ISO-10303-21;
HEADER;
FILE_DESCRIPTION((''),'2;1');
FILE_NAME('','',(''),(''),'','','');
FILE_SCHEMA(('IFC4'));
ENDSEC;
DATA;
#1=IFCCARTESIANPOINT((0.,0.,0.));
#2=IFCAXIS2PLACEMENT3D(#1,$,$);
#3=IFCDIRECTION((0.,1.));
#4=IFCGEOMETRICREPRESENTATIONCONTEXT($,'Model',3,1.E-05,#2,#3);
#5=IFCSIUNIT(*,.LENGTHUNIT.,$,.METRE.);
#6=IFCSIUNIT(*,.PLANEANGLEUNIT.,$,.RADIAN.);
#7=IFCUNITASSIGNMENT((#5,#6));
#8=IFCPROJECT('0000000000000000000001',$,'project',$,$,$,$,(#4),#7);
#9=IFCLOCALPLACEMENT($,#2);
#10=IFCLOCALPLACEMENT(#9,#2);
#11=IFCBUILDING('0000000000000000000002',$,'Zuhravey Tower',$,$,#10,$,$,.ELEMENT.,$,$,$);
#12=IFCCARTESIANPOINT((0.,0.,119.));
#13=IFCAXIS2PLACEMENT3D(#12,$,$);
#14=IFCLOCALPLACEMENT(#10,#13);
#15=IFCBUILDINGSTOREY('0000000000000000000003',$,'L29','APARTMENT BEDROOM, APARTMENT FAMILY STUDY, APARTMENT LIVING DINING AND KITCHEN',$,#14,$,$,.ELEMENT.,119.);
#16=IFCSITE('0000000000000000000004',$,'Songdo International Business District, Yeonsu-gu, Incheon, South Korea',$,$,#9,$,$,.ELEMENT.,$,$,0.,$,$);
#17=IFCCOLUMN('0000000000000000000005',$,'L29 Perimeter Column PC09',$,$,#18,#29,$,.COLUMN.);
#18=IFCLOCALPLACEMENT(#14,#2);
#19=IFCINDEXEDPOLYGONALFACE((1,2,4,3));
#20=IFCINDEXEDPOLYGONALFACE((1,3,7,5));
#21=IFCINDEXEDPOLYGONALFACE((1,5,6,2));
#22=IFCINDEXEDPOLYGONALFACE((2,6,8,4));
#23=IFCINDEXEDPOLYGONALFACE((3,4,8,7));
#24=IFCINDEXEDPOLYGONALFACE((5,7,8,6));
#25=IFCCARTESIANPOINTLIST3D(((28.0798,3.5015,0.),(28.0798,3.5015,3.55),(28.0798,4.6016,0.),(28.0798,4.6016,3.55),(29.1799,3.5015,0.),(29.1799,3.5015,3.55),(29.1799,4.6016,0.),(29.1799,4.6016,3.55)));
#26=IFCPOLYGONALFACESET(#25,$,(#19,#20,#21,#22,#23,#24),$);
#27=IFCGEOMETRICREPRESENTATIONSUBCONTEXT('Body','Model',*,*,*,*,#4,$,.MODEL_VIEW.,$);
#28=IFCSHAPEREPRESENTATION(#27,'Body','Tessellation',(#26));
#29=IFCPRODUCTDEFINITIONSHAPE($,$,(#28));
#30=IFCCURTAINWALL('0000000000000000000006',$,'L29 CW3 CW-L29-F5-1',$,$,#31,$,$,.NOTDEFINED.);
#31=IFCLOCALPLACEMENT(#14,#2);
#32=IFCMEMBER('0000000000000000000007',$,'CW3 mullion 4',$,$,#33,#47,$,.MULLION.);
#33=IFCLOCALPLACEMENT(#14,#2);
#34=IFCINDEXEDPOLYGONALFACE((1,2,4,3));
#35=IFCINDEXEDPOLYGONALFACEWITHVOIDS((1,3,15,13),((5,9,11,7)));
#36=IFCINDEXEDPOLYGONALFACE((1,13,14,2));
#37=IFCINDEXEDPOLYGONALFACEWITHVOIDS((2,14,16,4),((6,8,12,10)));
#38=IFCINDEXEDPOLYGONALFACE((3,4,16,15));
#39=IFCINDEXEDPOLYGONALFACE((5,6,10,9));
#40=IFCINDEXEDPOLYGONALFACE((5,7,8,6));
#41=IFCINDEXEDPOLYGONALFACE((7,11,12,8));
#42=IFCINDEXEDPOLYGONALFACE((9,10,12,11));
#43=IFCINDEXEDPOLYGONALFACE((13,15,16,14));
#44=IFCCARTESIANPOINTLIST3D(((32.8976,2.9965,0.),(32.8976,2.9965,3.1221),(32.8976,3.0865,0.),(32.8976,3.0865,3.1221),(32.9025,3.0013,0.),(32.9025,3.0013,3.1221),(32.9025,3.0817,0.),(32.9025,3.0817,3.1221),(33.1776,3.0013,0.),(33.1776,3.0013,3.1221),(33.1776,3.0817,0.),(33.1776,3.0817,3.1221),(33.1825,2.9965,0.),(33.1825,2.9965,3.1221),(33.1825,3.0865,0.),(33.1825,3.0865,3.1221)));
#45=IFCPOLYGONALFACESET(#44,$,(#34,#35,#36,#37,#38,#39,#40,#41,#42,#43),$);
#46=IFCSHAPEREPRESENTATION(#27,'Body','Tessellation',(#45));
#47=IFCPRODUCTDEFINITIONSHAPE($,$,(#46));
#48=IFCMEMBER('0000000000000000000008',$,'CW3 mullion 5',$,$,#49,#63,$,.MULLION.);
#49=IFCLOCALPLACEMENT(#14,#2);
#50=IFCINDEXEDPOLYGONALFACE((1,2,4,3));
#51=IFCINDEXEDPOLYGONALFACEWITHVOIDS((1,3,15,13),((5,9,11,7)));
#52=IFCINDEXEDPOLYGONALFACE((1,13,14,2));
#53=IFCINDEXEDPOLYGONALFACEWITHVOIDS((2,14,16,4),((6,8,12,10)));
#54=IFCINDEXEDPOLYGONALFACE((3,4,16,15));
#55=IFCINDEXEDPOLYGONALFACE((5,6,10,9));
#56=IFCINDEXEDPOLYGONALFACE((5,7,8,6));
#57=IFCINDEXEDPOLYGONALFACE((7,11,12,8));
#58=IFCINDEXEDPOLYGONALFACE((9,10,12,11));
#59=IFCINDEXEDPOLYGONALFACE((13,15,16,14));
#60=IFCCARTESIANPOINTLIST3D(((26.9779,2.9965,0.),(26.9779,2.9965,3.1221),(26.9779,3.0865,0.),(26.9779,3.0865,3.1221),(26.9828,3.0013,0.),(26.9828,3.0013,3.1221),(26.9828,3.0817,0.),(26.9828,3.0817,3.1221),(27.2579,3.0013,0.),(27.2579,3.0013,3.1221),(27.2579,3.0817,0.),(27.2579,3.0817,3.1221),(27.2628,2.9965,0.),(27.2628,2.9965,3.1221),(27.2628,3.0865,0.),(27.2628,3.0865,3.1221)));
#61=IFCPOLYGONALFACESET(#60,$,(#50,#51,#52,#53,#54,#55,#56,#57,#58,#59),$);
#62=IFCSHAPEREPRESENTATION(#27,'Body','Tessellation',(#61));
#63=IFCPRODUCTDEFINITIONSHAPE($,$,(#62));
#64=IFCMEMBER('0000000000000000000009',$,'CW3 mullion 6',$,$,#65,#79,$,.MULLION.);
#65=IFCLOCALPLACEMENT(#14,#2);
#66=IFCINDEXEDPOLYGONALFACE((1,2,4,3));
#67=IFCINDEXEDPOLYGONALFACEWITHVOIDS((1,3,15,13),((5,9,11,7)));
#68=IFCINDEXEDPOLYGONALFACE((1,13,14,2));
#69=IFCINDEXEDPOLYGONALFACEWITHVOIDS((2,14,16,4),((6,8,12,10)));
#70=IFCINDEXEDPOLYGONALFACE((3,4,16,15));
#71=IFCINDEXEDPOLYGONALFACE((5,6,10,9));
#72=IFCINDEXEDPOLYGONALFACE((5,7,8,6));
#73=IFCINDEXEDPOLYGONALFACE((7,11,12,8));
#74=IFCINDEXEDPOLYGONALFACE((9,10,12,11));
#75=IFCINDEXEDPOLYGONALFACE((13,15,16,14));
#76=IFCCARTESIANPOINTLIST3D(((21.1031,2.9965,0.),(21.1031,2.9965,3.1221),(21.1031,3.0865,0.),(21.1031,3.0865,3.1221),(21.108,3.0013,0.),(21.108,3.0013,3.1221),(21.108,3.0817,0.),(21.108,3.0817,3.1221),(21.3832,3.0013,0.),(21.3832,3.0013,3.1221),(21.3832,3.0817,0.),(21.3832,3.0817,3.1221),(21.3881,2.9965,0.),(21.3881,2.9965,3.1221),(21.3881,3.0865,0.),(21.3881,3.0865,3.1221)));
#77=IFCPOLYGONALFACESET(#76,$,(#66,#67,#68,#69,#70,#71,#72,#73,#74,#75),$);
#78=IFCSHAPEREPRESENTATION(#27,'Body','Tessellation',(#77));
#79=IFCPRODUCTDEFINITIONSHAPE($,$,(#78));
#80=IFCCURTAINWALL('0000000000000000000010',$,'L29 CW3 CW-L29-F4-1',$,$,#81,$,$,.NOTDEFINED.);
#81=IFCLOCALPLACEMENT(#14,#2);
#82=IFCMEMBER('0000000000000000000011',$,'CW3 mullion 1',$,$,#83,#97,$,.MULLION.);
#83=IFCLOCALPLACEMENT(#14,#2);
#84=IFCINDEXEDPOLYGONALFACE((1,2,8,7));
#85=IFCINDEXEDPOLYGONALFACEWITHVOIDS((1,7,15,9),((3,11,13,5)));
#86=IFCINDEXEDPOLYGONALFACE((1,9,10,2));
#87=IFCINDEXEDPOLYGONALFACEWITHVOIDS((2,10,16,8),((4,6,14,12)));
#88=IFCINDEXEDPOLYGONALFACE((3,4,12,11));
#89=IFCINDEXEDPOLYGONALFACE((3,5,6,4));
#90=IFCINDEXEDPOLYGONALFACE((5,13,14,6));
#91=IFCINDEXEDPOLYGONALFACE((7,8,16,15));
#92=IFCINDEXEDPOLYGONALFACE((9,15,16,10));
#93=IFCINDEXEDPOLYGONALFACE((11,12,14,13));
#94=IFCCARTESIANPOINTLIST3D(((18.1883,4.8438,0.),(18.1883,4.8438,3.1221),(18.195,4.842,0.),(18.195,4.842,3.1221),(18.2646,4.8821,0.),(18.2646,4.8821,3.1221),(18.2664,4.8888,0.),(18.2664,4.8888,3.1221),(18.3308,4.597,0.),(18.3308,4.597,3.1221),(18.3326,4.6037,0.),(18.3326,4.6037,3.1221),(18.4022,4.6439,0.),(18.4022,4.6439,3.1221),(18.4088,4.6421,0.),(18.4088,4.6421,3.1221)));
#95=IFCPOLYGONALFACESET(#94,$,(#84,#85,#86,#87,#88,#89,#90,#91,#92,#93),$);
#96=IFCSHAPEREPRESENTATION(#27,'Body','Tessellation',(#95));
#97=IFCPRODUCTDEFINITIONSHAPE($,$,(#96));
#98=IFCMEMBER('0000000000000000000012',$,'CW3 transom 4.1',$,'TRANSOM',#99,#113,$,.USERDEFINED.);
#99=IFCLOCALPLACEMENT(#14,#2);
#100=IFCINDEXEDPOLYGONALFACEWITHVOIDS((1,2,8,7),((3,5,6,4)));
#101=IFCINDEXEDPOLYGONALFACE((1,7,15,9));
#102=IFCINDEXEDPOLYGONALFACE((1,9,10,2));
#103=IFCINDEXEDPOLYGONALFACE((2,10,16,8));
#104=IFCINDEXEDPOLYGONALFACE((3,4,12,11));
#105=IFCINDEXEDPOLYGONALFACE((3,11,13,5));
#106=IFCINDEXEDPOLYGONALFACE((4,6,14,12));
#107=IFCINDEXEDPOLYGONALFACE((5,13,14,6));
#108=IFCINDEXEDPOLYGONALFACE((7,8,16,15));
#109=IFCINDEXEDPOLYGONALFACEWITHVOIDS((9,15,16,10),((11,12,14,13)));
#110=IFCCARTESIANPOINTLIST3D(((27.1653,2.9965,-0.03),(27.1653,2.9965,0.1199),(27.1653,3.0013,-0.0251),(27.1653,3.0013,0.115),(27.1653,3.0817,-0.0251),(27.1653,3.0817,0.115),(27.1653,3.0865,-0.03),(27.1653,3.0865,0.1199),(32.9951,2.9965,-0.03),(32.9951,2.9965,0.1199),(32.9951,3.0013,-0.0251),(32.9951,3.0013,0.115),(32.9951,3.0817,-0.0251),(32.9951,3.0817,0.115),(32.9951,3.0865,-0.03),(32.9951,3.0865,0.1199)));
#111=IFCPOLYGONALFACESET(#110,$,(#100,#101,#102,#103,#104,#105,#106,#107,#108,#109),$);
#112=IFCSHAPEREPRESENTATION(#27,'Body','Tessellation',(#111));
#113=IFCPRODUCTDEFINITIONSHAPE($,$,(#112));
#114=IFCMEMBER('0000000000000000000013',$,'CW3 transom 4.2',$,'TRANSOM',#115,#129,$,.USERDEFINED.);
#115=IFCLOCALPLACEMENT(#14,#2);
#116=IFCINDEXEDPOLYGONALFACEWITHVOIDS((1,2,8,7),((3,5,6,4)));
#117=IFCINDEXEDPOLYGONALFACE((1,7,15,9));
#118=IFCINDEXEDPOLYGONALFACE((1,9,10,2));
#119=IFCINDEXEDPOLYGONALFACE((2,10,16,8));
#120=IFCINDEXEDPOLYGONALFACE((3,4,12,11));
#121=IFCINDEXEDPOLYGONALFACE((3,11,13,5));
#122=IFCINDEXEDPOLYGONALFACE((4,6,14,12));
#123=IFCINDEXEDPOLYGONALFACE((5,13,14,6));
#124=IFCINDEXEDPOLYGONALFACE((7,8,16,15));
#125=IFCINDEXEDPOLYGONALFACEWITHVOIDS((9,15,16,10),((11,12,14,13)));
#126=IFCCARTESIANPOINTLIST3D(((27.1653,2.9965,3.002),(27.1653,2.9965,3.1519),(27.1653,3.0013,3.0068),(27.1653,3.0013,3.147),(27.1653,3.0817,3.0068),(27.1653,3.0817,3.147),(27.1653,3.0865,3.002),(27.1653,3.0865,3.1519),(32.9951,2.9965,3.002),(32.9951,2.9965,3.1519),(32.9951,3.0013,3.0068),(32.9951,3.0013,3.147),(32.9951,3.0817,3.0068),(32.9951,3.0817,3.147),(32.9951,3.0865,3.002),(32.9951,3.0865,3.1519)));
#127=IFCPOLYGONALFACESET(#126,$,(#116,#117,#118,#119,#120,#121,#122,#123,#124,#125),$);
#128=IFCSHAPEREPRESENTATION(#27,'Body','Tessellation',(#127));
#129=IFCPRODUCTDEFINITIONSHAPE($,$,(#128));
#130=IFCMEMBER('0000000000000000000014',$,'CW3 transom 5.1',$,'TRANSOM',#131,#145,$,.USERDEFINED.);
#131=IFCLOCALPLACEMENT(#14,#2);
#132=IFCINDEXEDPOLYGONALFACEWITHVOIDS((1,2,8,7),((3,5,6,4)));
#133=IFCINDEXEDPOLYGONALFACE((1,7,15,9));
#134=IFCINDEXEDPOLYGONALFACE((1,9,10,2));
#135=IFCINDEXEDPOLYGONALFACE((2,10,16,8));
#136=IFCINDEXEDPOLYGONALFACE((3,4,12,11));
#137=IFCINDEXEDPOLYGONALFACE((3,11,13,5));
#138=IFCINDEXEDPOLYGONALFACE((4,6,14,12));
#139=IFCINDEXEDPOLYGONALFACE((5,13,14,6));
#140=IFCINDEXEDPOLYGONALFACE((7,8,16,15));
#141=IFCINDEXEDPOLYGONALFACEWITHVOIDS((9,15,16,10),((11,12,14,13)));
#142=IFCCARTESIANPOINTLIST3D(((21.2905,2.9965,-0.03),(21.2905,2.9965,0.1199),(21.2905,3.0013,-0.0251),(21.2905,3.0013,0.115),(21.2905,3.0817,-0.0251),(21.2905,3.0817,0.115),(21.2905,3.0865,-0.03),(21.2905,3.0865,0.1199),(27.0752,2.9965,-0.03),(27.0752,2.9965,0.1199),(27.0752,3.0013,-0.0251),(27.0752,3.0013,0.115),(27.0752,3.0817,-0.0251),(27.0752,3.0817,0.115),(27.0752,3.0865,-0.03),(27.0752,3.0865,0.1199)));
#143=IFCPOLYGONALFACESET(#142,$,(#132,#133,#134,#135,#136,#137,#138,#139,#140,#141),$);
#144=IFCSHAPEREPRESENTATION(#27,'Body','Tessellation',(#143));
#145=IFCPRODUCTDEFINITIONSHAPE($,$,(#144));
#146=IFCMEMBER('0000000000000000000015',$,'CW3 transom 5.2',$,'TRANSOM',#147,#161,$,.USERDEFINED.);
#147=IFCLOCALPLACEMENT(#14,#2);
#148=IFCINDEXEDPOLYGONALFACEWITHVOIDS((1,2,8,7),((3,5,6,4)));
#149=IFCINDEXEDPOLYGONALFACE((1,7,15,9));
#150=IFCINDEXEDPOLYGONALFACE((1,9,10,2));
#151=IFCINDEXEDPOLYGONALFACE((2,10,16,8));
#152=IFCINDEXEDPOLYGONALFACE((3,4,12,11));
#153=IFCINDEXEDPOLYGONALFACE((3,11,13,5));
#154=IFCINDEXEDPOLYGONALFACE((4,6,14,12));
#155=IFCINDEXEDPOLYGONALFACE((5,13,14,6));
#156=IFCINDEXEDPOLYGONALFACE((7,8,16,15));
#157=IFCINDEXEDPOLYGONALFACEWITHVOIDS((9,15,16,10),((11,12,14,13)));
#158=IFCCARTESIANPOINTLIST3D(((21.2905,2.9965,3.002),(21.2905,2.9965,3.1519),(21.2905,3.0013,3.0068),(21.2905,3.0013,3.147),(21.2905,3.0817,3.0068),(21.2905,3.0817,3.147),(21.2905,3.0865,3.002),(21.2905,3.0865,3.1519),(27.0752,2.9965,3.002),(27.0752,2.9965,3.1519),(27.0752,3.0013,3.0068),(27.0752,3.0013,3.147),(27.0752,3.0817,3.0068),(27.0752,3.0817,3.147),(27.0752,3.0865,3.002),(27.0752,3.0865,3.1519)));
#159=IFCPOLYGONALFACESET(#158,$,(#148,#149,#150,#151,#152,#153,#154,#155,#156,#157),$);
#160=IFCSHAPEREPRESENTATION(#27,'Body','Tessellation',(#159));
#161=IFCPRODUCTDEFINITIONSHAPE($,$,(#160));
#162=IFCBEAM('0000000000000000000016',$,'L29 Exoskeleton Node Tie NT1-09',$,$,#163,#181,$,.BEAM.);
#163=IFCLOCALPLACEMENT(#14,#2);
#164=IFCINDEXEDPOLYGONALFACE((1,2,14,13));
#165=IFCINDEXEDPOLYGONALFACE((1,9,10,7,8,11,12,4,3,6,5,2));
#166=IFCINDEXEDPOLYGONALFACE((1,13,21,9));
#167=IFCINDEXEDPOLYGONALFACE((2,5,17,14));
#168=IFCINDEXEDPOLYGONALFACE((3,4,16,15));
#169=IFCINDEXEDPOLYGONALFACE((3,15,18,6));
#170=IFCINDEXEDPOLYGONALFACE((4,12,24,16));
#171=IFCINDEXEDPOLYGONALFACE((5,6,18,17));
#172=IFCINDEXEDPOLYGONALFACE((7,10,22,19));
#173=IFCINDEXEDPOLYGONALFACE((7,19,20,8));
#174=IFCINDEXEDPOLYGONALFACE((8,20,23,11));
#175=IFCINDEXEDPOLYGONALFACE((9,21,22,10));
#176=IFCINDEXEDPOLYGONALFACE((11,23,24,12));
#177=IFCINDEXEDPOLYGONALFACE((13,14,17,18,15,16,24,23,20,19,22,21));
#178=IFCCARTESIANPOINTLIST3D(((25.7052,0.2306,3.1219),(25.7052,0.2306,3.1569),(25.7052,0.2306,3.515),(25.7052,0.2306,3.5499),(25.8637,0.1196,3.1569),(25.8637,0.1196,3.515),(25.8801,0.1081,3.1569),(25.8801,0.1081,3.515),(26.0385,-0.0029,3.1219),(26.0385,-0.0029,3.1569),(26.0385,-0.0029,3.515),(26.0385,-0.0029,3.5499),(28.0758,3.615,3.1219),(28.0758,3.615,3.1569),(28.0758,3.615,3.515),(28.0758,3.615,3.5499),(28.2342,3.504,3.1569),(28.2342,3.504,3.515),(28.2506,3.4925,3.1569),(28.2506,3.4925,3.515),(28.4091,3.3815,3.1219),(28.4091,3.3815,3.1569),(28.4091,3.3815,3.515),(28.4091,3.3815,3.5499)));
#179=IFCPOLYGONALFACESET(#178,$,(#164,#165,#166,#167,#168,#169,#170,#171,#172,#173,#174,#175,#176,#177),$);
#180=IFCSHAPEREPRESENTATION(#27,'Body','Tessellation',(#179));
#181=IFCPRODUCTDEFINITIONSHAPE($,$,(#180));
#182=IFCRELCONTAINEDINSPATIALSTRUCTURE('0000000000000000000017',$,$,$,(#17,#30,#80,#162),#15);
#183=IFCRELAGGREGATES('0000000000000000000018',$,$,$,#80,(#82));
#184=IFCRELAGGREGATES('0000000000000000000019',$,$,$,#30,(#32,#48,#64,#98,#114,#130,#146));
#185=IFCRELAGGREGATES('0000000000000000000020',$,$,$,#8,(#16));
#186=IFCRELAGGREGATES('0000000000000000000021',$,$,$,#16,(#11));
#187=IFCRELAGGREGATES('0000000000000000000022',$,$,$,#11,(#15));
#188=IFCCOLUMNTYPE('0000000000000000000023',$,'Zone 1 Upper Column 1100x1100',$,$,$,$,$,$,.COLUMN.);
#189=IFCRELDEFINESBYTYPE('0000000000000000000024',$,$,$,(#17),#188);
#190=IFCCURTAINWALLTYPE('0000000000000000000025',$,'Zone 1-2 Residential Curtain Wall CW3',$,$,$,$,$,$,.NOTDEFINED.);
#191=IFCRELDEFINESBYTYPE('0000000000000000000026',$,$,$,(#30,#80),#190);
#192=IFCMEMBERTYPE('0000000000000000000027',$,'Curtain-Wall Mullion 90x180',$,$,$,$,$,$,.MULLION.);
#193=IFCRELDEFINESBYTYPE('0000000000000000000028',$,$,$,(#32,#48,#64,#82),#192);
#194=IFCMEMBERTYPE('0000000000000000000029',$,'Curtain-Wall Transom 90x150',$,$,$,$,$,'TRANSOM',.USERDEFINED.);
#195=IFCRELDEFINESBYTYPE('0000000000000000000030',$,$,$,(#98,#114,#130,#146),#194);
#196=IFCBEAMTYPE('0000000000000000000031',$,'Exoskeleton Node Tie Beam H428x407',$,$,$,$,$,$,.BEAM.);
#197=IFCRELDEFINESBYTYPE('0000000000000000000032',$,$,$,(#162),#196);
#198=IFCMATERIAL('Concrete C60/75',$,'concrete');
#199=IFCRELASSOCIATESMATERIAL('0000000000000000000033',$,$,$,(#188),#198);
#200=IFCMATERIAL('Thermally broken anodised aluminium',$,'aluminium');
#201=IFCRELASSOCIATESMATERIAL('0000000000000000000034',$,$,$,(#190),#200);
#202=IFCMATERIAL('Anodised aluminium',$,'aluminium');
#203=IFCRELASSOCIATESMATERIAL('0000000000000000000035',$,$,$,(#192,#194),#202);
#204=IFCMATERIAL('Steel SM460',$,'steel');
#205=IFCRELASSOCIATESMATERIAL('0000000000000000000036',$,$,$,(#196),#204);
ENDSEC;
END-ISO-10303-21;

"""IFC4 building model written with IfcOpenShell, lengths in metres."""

from ifc_helpers import new_model, si_unit, direction, frame, origin, origin_2d, place, context, subcontext, project, spatial, rectangle, hollow_rectangle, i_section, extrude, material, material_profile, profile_set, type_object, element, aggregate, save


model = new_model("IFC4")

# Units and contexts
model_context = context("Model", 3, precision=1e-05, world=origin(), true_north=direction((0.0, 1.0)))
body_context = subcontext(model_context, "Body", "Model", "MODEL_VIEW")
ifc_project = project(units=[si_unit("LENGTHUNIT", "METRE"), si_unit("PLANEANGLEUNIT", "RADIAN")], contexts=[model_context])

# Site, building, storey
site_placement = place(None, origin())
site = spatial("IfcSite", under=ifc_project, at=site_placement, Name="Songdo International Business District, Yeonsu-gu, Incheon, South Korea", CompositionType="ELEMENT", RefElevation=0.0)
building_placement = place(site_placement, origin())
building = spatial("IfcBuilding", under=site, at=building_placement, Name="Zuhravey Tower", CompositionType="ELEMENT")
storey_placement = place(building_placement, frame((0.0, 0.0, 119.0)))
storey = spatial("IfcBuildingStorey", under=building, at=storey_placement, Name="L29", Description="APARTMENT BEDROOM, APARTMENT FAMILY STUDY, APARTMENT LIVING DINING AND KITCHEN", CompositionType="ELEMENT", Elevation=119.0)

# Column
ifc_material_1 = material(Name="Concrete C60/75", Category="concrete")
ifc_material_profile_1 = material_profile(ifc_material_1, rectangle(XDim=1.1001, YDim=1.1001, at=origin_2d()), Name="RC-1100x1100")
ifc_profile_set_1 = profile_set([ifc_material_profile_1], Name="Concrete C60/75")
column_type = type_object("IfcColumnType", Name="Zone 1 Upper Column 1100x1100", PredefinedType="COLUMN", material=ifc_profile_set_1)
column_placement = place(storey_placement, frame((28.6299, 4.0515, 0.0), z_axis=(0.0, 0.0, 1.0), x_axis=(1.0, 0.0, 0.0)))
element("IfcColumn", 1, at=column_placement, inside=storey, type_object=column_type, Name="L29 Perimeter Column PC09", PredefinedType="COLUMN", context=body_context, shape_type="SweptSolid", body=[
    extrude(rectangle(XDim=1.1001, YDim=1.1001, at=origin_2d()), origin(), (0.0, 0.0, 1.0), 3.55),
])

# Curtain wall, members
ifc_material_2 = material(Name="Thermally broken anodised aluminium", Category="aluminium")
curtain_wall_type = type_object("IfcCurtainWallType", Name="Zone 1-2 Residential Curtain Wall CW3", PredefinedType="NOTDEFINED", material=ifc_material_2)
curtain_wall_1_placement = place(storey_placement, origin())
curtain_wall_1 = element("IfcCurtainWall", 2, at=curtain_wall_1_placement, inside=storey, type_object=curtain_wall_type, Name="L29 CW3 CW-L29-F5-1", PredefinedType="NOTDEFINED")
ifc_material_3 = material(Name="Anodised aluminium", Category="aluminium")
ifc_material_profile_2 = material_profile(ifc_material_3, hollow_rectangle(XDim=0.0901, YDim=0.2849, WallThickness=0.0049, at=origin_2d()), Name="ALU-RHS-90x285x5")
ifc_profile_set_2 = profile_set([ifc_material_profile_2], Name="Anodised aluminium")
member_type_1 = type_object("IfcMemberType", Name="Curtain-Wall Mullion 90x180", PredefinedType="MULLION", material=ifc_profile_set_2)
member_1_placement = place(storey_placement, frame((33.04, 3.0415, 0.0), z_axis=(0.0, 0.0, 1.0), x_axis=(0.0, -1.0, 0.0)))
member_1 = element("IfcMember", 3, at=member_1_placement, type_object=member_type_1, Name="CW3 mullion 4", PredefinedType="MULLION", context=body_context, shape_type="SweptSolid", body=[
    extrude(hollow_rectangle(XDim=0.0901, YDim=0.2849, WallThickness=0.0049, at=origin_2d()), origin(), (0.0, 0.0, 1.0), 3.1221),
])
member_2_placement = place(storey_placement, frame((27.1204, 3.0415, 0.0), z_axis=(0.0, 0.0, 1.0), x_axis=(0.0, -1.0, 0.0)))
member_2 = element("IfcMember", 4, at=member_2_placement, type_object=member_type_1, Name="CW3 mullion 5", PredefinedType="MULLION", context=body_context, shape_type="SweptSolid", body=[
    extrude(hollow_rectangle(XDim=0.0901, YDim=0.2849, WallThickness=0.0049, at=origin_2d()), origin(), (0.0, 0.0, 1.0), 3.1221),
])
member_3_placement = place(storey_placement, frame((21.2456, 3.0415, 0.0), z_axis=(0.0, 0.0, 1.0), x_axis=(0.0, -1.0, 0.0)))
member_3 = element("IfcMember", 5, at=member_3_placement, type_object=member_type_1, Name="CW3 mullion 6", PredefinedType="MULLION", context=body_context, shape_type="SweptSolid", body=[
    extrude(hollow_rectangle(XDim=0.0901, YDim=0.2849, WallThickness=0.0049, at=origin_2d()), origin(), (0.0, 0.0, 1.0), 3.1221),
])

# Curtain wall, member
curtain_wall_2_placement = place(storey_placement, origin())
curtain_wall_2 = element("IfcCurtainWall", 6, at=curtain_wall_2_placement, inside=storey, type_object=curtain_wall_type, Name="L29 CW3 CW-L29-F4-1", PredefinedType="NOTDEFINED")
member_4_placement = place(storey_placement, frame((18.2986, 4.7429, 0.0), z_axis=(0.0, 0.0, 1.0), x_axis=(-0.866026, -0.5, 0.0)))
member_4 = element("IfcMember", 7, at=member_4_placement, type_object=member_type_1, Name="CW3 mullion 1", PredefinedType="MULLION", context=body_context, shape_type="SweptSolid", body=[
    extrude(hollow_rectangle(XDim=0.0901, YDim=0.2849, WallThickness=0.0049, at=origin_2d()), origin(), (0.0, 0.0, 1.0), 3.1221),
])
aggregate(curtain_wall_2, [member_4])

# Members
ifc_material_profile_3 = material_profile(ifc_material_3, hollow_rectangle(XDim=0.0901, YDim=0.1499, WallThickness=0.0049, at=origin_2d()), Name="ALU-RHS-90x150x5")
ifc_profile_set_3 = profile_set([ifc_material_profile_3], Name="Anodised aluminium")
member_type_2 = type_object("IfcMemberType", Name="Curtain-Wall Transom 90x150", ElementType="TRANSOM", PredefinedType="USERDEFINED", material=ifc_profile_set_3)
member_5_placement = place(storey_placement, frame((32.9951, 3.0415, 0.0449), z_axis=(-1.0, 0.0, 0.0), x_axis=(0.0, -1.0, 0.0)))
member_5 = element("IfcMember", 8, at=member_5_placement, type_object=member_type_2, Name="CW3 transom 4.1", ObjectType="TRANSOM", PredefinedType="USERDEFINED", context=body_context, shape_type="SweptSolid", body=[
    extrude(hollow_rectangle(XDim=0.0901, YDim=0.1499, WallThickness=0.0049, at=origin_2d()), origin(), (0.0, 0.0, 1.0), 5.8298),
])
member_6_placement = place(storey_placement, frame((32.9951, 3.0415, 3.0769), z_axis=(-1.0, 0.0, 0.0), x_axis=(0.0, -1.0, 0.0)))
member_6 = element("IfcMember", 9, at=member_6_placement, type_object=member_type_2, Name="CW3 transom 4.2", ObjectType="TRANSOM", PredefinedType="USERDEFINED", context=body_context, shape_type="SweptSolid", body=[
    extrude(hollow_rectangle(XDim=0.0901, YDim=0.1499, WallThickness=0.0049, at=origin_2d()), origin(), (0.0, 0.0, 1.0), 5.8298),
])
member_7_placement = place(storey_placement, frame((27.0752, 3.0415, 0.0449), z_axis=(-1.0, 0.0, 0.0), x_axis=(0.0, -1.0, 0.0)))
member_7 = element("IfcMember", 10, at=member_7_placement, type_object=member_type_2, Name="CW3 transom 5.1", ObjectType="TRANSOM", PredefinedType="USERDEFINED", context=body_context, shape_type="SweptSolid", body=[
    extrude(hollow_rectangle(XDim=0.0901, YDim=0.1499, WallThickness=0.0049, at=origin_2d()), origin(), (0.0, 0.0, 1.0), 5.7847),
])
member_8_placement = place(storey_placement, frame((27.0752, 3.0415, 3.0769), z_axis=(-1.0, 0.0, 0.0), x_axis=(0.0, -1.0, 0.0)))
member_8 = element("IfcMember", 11, at=member_8_placement, type_object=member_type_2, Name="CW3 transom 5.2", ObjectType="TRANSOM", PredefinedType="USERDEFINED", context=body_context, shape_type="SweptSolid", body=[
    extrude(hollow_rectangle(XDim=0.0901, YDim=0.1499, WallThickness=0.0049, at=origin_2d()), origin(), (0.0, 0.0, 1.0), 5.7847),
])

# Beam
ifc_material_4 = material(Name="Steel SM460", Category="steel")
ifc_material_profile_4 = material_profile(ifc_material_4, i_section(OverallWidth=0.407, OverallDepth=0.428, WebThickness=0.02, FlangeThickness=0.0349, at=origin_2d()), Name="H-428x407x20x35")
ifc_profile_set_4 = profile_set([ifc_material_profile_4], Name="Steel SM460")
beam_type_1 = type_object("IfcBeamType", Name="Exoskeleton Node Tie Beam H428x407", PredefinedType="BEAM", material=ifc_profile_set_4)
beam_1_placement = place(storey_placement, frame((28.2424, 3.4983, 3.3359), z_axis=(-0.573696, -0.819068, 0.0), x_axis=(0.819068, -0.573696, 0.0)))
element("IfcBeam", 12, at=beam_1_placement, inside=storey, type_object=beam_type_1, Name="L29 Exoskeleton Node Tie NT1-09", PredefinedType="BEAM", context=body_context, shape_type="SweptSolid", body=[
    extrude(i_section(OverallWidth=0.407, OverallDepth=0.428, WebThickness=0.02, FlangeThickness=0.0349, at=origin_2d()), origin(), (0.0, 0.0, 1.0), 4.1321),
])

aggregate(curtain_wall_1, [member_1, member_2, member_3, member_5, member_6, member_7, member_8])

save(model, "model.ifc")
